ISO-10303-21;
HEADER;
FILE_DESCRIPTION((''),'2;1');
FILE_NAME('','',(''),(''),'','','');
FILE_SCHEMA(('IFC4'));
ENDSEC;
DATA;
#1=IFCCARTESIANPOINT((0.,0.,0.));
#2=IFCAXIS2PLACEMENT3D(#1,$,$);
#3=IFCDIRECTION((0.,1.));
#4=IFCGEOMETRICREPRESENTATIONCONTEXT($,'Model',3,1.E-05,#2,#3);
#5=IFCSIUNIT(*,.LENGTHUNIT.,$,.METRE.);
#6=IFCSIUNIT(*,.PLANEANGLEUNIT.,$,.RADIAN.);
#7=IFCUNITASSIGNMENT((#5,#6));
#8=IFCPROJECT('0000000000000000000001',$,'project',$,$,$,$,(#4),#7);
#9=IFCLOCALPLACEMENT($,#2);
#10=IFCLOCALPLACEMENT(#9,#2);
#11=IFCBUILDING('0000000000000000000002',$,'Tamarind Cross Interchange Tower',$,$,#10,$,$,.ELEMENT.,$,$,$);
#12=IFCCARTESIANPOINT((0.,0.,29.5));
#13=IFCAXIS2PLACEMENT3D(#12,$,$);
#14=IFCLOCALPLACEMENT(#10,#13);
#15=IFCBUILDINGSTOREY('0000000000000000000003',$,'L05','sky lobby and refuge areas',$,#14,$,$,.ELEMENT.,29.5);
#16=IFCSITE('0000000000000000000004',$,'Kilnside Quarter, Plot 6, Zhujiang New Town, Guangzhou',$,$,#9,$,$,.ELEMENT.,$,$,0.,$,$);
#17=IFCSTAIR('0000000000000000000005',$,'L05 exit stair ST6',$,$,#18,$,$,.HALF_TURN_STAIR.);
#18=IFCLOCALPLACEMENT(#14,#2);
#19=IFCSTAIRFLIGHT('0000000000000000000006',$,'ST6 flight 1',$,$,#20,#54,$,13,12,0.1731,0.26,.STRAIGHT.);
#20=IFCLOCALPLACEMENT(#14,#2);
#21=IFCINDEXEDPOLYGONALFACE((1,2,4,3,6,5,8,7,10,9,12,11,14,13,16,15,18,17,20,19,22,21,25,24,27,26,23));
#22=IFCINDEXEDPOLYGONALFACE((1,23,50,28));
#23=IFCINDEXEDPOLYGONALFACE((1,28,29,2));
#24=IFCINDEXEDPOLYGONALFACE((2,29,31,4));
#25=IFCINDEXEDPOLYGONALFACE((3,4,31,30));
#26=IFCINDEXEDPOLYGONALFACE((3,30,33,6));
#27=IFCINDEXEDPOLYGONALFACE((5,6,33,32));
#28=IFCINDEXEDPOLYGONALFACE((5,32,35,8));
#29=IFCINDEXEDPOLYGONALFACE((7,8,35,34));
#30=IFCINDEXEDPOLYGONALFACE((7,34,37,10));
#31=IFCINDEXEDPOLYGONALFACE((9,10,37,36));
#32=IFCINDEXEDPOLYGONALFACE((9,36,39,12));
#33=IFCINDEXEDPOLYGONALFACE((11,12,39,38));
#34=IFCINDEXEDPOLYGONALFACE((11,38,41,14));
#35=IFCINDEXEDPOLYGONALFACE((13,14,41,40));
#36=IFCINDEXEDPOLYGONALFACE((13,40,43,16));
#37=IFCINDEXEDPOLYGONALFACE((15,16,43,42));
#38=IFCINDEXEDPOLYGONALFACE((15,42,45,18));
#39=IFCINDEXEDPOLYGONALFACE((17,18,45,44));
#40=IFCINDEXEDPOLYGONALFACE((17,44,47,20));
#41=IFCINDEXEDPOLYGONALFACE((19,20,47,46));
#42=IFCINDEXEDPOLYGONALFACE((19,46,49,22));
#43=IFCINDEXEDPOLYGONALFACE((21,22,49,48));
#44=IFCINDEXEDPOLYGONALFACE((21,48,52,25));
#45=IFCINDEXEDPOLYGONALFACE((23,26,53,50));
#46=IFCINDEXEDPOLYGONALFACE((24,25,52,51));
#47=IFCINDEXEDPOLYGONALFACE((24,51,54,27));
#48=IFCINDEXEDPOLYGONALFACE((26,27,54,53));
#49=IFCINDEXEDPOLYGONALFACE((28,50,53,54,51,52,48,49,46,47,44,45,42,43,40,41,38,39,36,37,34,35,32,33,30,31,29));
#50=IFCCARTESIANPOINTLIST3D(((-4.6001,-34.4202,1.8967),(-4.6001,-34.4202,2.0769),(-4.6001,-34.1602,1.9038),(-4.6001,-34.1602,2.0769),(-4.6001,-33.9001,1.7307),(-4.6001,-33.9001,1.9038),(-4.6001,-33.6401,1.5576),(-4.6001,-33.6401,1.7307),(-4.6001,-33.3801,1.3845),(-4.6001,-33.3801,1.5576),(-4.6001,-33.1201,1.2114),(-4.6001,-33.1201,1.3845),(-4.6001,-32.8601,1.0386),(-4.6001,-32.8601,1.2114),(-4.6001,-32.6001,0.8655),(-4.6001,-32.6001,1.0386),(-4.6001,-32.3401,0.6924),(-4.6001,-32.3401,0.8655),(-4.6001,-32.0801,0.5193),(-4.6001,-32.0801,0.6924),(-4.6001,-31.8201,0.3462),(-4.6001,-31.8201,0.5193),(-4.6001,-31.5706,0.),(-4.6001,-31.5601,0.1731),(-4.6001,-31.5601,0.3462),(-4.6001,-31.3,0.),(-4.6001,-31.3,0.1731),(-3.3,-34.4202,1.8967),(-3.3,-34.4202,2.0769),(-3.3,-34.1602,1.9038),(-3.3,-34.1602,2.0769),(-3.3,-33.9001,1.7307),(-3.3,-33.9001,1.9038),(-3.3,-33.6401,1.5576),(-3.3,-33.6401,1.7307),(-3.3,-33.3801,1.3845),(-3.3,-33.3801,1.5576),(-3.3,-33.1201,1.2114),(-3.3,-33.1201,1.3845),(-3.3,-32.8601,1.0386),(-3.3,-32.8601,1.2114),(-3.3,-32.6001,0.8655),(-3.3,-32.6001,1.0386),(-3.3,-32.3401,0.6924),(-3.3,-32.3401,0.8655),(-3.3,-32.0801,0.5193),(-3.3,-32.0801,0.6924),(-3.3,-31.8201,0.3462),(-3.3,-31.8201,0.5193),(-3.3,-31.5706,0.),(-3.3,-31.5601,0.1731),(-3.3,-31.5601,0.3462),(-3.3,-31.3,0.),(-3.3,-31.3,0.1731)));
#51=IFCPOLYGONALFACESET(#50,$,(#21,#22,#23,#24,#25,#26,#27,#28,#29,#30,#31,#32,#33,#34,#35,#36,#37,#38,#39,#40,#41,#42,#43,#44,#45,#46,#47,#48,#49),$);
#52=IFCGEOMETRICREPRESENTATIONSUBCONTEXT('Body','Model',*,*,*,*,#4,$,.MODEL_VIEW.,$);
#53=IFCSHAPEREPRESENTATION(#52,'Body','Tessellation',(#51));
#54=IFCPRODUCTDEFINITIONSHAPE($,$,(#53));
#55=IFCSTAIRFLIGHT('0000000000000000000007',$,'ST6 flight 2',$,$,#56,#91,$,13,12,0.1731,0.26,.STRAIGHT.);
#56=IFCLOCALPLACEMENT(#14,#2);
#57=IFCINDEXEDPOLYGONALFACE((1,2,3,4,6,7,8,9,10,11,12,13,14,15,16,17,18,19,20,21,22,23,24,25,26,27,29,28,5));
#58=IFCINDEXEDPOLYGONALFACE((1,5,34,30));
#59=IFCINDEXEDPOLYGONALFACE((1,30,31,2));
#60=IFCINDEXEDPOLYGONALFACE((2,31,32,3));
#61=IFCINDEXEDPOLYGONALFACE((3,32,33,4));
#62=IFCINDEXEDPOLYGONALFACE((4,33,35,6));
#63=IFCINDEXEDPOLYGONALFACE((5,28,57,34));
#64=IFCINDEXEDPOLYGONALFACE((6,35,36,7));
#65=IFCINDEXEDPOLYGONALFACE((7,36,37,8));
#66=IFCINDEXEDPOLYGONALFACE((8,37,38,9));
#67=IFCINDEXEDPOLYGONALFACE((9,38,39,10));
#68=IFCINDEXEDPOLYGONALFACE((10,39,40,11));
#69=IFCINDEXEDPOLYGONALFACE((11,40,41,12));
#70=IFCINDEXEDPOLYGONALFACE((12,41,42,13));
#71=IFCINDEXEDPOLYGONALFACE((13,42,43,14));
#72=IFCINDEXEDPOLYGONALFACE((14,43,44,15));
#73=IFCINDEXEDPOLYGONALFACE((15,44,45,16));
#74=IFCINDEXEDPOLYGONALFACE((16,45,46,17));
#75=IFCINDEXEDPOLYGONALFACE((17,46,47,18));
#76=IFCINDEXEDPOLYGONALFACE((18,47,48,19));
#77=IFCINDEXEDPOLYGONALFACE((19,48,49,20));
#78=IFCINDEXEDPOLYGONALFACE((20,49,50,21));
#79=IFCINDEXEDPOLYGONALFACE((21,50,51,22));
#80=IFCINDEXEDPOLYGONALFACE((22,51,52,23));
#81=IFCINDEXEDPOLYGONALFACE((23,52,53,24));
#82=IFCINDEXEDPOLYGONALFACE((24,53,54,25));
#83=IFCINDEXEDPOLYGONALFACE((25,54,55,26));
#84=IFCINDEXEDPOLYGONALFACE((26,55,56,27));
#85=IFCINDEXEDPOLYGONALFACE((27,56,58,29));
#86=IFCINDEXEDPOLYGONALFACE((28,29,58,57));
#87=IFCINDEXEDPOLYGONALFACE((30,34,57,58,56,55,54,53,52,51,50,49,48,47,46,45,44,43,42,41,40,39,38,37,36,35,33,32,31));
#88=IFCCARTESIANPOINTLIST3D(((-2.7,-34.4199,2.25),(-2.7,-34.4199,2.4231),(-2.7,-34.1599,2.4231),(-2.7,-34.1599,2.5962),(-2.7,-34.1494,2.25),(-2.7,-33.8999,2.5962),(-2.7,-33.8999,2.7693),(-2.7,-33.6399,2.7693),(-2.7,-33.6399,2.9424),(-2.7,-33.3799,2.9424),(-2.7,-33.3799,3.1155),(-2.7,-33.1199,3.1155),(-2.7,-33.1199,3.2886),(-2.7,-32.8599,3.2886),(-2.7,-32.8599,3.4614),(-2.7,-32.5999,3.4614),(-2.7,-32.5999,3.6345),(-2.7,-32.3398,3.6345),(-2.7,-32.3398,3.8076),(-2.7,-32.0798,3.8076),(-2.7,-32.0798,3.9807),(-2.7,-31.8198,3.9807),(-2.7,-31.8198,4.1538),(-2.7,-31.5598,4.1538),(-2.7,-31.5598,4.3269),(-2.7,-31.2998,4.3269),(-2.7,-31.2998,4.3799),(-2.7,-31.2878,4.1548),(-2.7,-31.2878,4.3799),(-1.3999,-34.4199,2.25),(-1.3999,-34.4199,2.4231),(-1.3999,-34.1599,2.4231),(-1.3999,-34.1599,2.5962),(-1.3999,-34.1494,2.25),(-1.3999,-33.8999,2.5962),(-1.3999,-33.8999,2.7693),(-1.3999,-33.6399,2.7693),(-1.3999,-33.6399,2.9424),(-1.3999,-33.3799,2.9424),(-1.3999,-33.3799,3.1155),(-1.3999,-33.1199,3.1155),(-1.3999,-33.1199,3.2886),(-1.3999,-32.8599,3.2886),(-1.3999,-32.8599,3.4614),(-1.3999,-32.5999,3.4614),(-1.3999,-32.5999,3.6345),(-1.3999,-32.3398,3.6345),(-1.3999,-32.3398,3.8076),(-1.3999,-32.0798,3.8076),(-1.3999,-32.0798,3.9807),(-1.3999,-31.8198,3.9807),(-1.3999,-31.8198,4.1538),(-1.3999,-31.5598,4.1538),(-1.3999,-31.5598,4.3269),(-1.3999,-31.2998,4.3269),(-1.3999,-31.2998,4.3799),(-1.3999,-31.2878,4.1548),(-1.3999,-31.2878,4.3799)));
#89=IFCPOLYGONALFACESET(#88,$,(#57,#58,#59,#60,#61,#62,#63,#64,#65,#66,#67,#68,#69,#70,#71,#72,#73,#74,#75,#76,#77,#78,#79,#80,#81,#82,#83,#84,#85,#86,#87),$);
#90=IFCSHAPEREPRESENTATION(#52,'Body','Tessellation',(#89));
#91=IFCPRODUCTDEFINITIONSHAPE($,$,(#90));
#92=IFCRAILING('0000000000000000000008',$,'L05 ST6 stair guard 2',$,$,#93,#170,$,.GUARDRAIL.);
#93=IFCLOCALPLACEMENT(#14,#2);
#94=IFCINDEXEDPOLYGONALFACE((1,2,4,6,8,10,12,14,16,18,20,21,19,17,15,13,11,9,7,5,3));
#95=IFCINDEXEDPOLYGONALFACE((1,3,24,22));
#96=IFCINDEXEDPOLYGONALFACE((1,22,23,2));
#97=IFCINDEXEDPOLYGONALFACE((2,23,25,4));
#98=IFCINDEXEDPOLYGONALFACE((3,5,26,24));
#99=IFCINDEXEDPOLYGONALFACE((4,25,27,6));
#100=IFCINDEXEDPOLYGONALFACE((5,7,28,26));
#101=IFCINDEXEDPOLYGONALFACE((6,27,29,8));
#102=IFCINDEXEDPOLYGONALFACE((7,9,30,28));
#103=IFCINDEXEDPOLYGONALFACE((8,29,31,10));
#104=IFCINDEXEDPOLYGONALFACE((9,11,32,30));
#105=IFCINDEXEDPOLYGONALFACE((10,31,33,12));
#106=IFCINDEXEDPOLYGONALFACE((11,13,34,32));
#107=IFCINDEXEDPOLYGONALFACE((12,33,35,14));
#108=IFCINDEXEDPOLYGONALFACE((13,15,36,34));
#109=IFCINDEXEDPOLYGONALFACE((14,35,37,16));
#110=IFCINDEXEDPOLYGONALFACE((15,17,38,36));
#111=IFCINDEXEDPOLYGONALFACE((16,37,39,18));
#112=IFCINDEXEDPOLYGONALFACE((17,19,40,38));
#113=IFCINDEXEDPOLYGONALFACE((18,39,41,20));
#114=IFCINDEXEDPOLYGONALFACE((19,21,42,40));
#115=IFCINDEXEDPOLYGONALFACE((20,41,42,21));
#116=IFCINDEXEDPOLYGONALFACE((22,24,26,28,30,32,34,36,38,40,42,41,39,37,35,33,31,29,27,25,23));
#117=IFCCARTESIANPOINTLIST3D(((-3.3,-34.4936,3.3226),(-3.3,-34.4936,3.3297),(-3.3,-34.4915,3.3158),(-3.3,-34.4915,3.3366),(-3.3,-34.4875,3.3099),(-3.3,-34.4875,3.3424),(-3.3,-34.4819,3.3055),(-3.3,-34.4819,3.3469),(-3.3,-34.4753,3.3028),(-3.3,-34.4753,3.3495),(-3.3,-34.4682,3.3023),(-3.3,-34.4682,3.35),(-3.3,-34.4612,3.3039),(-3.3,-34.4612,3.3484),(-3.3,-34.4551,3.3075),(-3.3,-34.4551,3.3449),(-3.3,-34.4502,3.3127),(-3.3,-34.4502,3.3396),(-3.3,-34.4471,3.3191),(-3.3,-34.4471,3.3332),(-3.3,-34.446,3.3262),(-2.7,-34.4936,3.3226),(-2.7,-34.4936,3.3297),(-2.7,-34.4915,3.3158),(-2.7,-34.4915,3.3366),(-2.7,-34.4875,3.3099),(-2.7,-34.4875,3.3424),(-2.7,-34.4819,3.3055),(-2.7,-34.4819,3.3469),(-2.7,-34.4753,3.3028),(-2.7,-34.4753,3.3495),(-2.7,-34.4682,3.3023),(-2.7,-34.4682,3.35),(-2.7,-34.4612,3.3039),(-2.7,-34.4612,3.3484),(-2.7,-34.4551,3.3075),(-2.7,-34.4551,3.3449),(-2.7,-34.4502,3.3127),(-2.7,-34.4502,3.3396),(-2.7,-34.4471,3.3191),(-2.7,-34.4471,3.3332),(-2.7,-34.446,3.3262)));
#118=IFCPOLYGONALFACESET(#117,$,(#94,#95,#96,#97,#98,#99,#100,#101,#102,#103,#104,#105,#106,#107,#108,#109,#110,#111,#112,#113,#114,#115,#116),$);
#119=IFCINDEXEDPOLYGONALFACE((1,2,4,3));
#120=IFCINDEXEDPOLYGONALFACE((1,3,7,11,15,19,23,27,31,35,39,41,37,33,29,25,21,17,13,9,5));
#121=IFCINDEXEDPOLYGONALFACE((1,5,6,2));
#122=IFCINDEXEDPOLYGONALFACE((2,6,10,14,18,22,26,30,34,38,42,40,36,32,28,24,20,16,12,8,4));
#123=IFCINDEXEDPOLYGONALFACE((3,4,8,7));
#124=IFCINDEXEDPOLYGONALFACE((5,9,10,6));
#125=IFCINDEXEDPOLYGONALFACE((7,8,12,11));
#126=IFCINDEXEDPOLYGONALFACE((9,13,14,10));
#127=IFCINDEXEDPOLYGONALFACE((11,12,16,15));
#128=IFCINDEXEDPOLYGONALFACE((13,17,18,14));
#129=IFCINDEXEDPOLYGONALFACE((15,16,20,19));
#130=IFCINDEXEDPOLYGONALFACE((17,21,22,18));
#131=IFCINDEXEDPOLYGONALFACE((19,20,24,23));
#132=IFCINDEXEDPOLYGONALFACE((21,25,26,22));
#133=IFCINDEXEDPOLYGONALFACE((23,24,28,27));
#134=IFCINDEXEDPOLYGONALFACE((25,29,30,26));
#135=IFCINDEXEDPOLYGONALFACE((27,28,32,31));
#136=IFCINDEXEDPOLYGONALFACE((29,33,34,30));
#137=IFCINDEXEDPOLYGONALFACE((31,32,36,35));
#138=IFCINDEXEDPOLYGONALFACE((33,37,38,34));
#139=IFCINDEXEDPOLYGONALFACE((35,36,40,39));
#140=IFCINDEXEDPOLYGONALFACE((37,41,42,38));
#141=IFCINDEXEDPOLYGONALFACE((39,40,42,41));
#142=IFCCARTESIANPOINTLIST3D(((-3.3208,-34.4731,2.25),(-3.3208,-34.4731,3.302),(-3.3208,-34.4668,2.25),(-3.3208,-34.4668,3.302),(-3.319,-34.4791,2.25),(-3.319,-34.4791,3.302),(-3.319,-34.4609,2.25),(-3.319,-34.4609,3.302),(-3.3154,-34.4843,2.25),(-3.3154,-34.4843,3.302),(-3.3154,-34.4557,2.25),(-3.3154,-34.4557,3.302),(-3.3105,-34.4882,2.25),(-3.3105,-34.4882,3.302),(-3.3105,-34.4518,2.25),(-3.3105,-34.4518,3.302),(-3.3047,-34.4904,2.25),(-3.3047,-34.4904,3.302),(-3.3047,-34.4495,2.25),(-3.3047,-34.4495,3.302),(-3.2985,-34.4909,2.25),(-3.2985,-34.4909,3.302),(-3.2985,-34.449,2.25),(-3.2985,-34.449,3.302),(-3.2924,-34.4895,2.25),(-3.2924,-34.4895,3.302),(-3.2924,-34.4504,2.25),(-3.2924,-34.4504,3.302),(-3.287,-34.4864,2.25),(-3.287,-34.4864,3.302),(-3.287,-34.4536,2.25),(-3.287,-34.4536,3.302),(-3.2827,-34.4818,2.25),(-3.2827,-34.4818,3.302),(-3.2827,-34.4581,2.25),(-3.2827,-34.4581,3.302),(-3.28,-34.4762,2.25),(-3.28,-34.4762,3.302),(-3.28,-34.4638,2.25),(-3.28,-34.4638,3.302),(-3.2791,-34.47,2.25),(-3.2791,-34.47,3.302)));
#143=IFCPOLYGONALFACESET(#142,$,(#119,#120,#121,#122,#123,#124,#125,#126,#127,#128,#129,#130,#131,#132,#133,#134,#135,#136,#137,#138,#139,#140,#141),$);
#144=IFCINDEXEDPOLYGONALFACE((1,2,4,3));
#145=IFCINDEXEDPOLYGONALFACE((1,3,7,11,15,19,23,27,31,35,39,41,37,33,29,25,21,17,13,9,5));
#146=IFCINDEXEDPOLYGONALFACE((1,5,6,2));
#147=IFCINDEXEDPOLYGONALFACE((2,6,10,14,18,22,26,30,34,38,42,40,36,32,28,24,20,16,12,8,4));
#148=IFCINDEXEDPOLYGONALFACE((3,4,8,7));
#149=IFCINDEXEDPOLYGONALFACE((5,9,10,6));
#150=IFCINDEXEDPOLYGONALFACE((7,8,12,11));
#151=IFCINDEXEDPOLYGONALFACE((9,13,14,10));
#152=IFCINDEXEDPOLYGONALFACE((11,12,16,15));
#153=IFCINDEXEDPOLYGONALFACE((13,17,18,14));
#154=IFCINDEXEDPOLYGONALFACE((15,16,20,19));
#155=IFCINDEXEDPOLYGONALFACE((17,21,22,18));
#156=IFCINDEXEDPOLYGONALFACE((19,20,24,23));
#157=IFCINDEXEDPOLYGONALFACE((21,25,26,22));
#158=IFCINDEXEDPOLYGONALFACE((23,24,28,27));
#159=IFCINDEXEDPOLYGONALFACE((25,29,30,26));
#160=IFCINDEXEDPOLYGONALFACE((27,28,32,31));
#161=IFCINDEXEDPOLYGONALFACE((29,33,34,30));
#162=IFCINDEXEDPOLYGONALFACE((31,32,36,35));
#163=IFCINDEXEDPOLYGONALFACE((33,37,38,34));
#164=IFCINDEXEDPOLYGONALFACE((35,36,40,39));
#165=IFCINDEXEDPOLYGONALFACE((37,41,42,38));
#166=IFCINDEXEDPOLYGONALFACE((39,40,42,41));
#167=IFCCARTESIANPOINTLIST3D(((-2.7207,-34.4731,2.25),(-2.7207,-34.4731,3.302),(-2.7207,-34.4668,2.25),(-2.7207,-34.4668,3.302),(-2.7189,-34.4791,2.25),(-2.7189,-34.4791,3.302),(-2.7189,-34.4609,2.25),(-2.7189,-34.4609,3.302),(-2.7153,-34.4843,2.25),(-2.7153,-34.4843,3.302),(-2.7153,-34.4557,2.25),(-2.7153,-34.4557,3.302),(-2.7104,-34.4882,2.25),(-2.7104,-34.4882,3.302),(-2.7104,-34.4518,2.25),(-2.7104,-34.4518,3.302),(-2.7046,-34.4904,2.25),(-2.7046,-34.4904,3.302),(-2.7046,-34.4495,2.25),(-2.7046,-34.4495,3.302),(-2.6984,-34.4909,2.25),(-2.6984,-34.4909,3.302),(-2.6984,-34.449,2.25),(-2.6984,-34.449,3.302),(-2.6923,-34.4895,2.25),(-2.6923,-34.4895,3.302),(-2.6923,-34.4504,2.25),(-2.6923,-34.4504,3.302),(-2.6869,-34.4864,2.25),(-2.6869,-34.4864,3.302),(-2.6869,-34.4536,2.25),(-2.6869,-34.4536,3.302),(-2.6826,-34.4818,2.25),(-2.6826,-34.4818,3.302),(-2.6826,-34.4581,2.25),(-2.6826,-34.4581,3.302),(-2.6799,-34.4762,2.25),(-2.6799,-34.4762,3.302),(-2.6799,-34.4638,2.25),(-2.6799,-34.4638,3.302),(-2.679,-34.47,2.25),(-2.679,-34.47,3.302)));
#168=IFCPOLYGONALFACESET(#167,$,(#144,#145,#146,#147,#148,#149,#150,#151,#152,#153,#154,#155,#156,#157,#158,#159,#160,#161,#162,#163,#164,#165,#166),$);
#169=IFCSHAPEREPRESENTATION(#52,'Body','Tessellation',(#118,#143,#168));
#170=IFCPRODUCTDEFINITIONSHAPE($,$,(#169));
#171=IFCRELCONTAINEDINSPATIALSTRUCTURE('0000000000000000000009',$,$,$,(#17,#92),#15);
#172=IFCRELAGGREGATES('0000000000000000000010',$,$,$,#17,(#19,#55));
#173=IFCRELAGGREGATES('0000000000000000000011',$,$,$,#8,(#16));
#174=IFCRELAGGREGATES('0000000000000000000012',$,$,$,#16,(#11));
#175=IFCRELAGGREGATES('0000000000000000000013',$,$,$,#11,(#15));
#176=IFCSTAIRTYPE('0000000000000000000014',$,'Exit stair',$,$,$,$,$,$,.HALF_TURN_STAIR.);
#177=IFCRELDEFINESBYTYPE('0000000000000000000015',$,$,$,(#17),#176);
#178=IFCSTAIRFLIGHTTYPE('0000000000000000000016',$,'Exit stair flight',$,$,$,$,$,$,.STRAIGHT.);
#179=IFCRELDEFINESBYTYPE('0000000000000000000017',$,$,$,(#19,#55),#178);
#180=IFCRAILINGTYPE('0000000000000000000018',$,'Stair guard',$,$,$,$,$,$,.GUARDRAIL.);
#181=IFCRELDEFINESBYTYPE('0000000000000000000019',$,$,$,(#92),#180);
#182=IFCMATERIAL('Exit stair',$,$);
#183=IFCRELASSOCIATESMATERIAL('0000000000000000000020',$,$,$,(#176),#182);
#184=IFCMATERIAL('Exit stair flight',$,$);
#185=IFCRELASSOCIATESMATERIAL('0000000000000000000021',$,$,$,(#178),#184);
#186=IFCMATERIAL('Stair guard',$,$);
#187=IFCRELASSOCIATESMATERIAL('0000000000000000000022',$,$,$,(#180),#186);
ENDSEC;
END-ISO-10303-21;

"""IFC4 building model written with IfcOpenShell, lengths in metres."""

from ifc_helpers import new_model, si_unit, direction, frame, origin, origin_2d, place, context, subcontext, project, spatial, polyline, circle, outline, extrude, material, type_object, element, aggregate, save


model = new_model("IFC4")

# Units and contexts
model_context = context("Model", 3, precision=1e-05, world=origin(), true_north=direction((0.0, 1.0)))
body_context = subcontext(model_context, "Body", "Model", "MODEL_VIEW")
ifc_project = project(units=[si_unit("LENGTHUNIT", "METRE"), si_unit("PLANEANGLEUNIT", "RADIAN")], contexts=[model_context])

# Site, building, storey
site_placement = place(None, origin())
site = spatial("IfcSite", under=ifc_project, at=site_placement, Name="Kilnside Quarter, Plot 6, Zhujiang New Town, Guangzhou", CompositionType="ELEMENT", RefElevation=0.0)
building_placement = place(site_placement, origin())
building = spatial("IfcBuilding", under=site, at=building_placement, Name="Tamarind Cross Interchange Tower", CompositionType="ELEMENT")
storey_placement = place(building_placement, frame((0.0, 0.0, 29.5)))
storey = spatial("IfcBuildingStorey", under=building, at=storey_placement, Name="L05", Description="sky lobby and refuge areas", CompositionType="ELEMENT", Elevation=29.5)

# Stair, stair flights
ifc_material_1 = material(Name="Exit stair")
stair_type = type_object("IfcStairType", Name="Exit stair", PredefinedType="HALF_TURN_STAIR", material=ifc_material_1)
stair_placement = place(storey_placement, origin())
stair = element("IfcStair", 1, at=stair_placement, inside=storey, type_object=stair_type, Name="L05 exit stair ST6", PredefinedType="HALF_TURN_STAIR")
ifc_material_2 = material(Name="Exit stair flight")
stair_flight_type = type_object("IfcStairFlightType", Name="Exit stair flight", PredefinedType="STRAIGHT", material=ifc_material_2)
stair_flight_1_placement = place(storey_placement, frame((-3.95, -31.3, 0.0), z_axis=(0.0, 0.0, 1.0), x_axis=(0.0, -1.0, 0.0)))
stair_flight_1 = element("IfcStairFlight", 2, at=stair_flight_1_placement, type_object=stair_flight_type, Name="ST6 flight 1", NumberOfRisers=13, NumberOfTreads=12, PredefinedType="STRAIGHT", RiserHeight=0.1731, TreadLength=0.26, context=body_context, shape_type="SweptSolid", body=[
    extrude(outline(polyline([(0.0, 0.0), (0.0, 0.1731), (0.26, 0.1731), (0.26, 0.3462), (0.52, 0.3462), (0.52, 0.5193), (0.78, 0.5193), (0.78, 0.6924), (1.04, 0.6924), (1.04, 0.8655), (1.3, 0.8655), (1.3, 1.0386), (1.5601, 1.0386), (1.5601, 1.2114), (1.8201, 1.2114), (1.8201, 1.3845), (2.0801, 1.3845), (2.0801, 1.5576), (2.3401, 1.5576), (2.3401, 1.7307), (2.6001, 1.7307), (2.6001, 1.9038), (2.8601, 1.9038), (2.8601, 2.0769), (3.1201, 2.0769), (3.1201, 2.25), (3.1201, 1.8967), (0.2705, 0.0), (0.0, 0.0)])), frame((0.0, 0.6499, 0.0), z_axis=(0.0, -1.0, 0.0), x_axis=(1.0, 0.0, 0.0)), (0.0, 0.0, 1.0), 1.3),
])
stair_flight_2_placement = place(storey_placement, frame((-2.05, -34.4199, 2.25), z_axis=(0.0, 0.0, 1.0), x_axis=(0.0, 1.0, 0.0)))
stair_flight_2 = element("IfcStairFlight", 3, at=stair_flight_2_placement, type_object=stair_flight_type, Name="ST6 flight 2", NumberOfRisers=13, NumberOfTreads=12, PredefinedType="STRAIGHT", RiserHeight=0.1731, TreadLength=0.26, context=body_context, shape_type="SweptSolid", body=[
    extrude(outline(polyline([(0.0, 0.0), (0.0, 0.1731), (0.26, 0.1731), (0.26, 0.3462), (0.52, 0.3462), (0.52, 0.5193), (0.78, 0.5193), (0.78, 0.6924), (1.04, 0.6924), (1.04, 0.8655), (1.3, 0.8655), (1.3, 1.0386), (1.5601, 1.0386), (1.5601, 1.2114), (1.8201, 1.2114), (1.8201, 1.3845), (2.0801, 1.3845), (2.0801, 1.5576), (2.3401, 1.5576), (2.3401, 1.7307), (2.6001, 1.7307), (2.6001, 1.9038), (2.8601, 1.9038), (2.8601, 2.0769), (3.1201, 2.0769), (3.1201, 2.1299), (3.1321, 2.1299), (3.1321, 1.9048), (0.2705, 0.0), (0.0, 0.0)])), frame((0.0, 0.6499, 0.0), z_axis=(0.0, -1.0, 0.0), x_axis=(1.0, 0.0, 0.0)), (0.0, 0.0, 1.0), 1.3),
])
aggregate(stair, [stair_flight_1, stair_flight_2])

# Railing
ifc_material_3 = material(Name="Stair guard")
railing_type_1 = type_object("IfcRailingType", Name="Stair guard", PredefinedType="GUARDRAIL", material=ifc_material_3)
railing_1_placement = place(storey_placement, frame((-3.3, -34.47, 2.25)))
element("IfcRailing", 4, at=railing_1_placement, inside=storey, type_object=railing_type_1, Name="L05 ST6 stair guard 2", PredefinedType="GUARDRAIL", context=body_context, shape_type="SweptSolid", body=[
    extrude(circle(Radius=0.0239, at=origin_2d()), frame((0.0, 0.0, 1.0762), z_axis=(1.0, 0.0, 0.0), x_axis=(0.0, 1.0, 0.0)), (0.0, 0.0, 1.0), 0.6001),
    extrude(circle(Radius=0.021, at=origin_2d()), origin(), (0.0, 0.0, 1.0), 1.052),
    extrude(circle(Radius=0.021, at=origin_2d()), frame((0.6001, 0.0, 0.0)), (0.0, 0.0, 1.0), 1.052),
])

save(model, "model.ifc")
